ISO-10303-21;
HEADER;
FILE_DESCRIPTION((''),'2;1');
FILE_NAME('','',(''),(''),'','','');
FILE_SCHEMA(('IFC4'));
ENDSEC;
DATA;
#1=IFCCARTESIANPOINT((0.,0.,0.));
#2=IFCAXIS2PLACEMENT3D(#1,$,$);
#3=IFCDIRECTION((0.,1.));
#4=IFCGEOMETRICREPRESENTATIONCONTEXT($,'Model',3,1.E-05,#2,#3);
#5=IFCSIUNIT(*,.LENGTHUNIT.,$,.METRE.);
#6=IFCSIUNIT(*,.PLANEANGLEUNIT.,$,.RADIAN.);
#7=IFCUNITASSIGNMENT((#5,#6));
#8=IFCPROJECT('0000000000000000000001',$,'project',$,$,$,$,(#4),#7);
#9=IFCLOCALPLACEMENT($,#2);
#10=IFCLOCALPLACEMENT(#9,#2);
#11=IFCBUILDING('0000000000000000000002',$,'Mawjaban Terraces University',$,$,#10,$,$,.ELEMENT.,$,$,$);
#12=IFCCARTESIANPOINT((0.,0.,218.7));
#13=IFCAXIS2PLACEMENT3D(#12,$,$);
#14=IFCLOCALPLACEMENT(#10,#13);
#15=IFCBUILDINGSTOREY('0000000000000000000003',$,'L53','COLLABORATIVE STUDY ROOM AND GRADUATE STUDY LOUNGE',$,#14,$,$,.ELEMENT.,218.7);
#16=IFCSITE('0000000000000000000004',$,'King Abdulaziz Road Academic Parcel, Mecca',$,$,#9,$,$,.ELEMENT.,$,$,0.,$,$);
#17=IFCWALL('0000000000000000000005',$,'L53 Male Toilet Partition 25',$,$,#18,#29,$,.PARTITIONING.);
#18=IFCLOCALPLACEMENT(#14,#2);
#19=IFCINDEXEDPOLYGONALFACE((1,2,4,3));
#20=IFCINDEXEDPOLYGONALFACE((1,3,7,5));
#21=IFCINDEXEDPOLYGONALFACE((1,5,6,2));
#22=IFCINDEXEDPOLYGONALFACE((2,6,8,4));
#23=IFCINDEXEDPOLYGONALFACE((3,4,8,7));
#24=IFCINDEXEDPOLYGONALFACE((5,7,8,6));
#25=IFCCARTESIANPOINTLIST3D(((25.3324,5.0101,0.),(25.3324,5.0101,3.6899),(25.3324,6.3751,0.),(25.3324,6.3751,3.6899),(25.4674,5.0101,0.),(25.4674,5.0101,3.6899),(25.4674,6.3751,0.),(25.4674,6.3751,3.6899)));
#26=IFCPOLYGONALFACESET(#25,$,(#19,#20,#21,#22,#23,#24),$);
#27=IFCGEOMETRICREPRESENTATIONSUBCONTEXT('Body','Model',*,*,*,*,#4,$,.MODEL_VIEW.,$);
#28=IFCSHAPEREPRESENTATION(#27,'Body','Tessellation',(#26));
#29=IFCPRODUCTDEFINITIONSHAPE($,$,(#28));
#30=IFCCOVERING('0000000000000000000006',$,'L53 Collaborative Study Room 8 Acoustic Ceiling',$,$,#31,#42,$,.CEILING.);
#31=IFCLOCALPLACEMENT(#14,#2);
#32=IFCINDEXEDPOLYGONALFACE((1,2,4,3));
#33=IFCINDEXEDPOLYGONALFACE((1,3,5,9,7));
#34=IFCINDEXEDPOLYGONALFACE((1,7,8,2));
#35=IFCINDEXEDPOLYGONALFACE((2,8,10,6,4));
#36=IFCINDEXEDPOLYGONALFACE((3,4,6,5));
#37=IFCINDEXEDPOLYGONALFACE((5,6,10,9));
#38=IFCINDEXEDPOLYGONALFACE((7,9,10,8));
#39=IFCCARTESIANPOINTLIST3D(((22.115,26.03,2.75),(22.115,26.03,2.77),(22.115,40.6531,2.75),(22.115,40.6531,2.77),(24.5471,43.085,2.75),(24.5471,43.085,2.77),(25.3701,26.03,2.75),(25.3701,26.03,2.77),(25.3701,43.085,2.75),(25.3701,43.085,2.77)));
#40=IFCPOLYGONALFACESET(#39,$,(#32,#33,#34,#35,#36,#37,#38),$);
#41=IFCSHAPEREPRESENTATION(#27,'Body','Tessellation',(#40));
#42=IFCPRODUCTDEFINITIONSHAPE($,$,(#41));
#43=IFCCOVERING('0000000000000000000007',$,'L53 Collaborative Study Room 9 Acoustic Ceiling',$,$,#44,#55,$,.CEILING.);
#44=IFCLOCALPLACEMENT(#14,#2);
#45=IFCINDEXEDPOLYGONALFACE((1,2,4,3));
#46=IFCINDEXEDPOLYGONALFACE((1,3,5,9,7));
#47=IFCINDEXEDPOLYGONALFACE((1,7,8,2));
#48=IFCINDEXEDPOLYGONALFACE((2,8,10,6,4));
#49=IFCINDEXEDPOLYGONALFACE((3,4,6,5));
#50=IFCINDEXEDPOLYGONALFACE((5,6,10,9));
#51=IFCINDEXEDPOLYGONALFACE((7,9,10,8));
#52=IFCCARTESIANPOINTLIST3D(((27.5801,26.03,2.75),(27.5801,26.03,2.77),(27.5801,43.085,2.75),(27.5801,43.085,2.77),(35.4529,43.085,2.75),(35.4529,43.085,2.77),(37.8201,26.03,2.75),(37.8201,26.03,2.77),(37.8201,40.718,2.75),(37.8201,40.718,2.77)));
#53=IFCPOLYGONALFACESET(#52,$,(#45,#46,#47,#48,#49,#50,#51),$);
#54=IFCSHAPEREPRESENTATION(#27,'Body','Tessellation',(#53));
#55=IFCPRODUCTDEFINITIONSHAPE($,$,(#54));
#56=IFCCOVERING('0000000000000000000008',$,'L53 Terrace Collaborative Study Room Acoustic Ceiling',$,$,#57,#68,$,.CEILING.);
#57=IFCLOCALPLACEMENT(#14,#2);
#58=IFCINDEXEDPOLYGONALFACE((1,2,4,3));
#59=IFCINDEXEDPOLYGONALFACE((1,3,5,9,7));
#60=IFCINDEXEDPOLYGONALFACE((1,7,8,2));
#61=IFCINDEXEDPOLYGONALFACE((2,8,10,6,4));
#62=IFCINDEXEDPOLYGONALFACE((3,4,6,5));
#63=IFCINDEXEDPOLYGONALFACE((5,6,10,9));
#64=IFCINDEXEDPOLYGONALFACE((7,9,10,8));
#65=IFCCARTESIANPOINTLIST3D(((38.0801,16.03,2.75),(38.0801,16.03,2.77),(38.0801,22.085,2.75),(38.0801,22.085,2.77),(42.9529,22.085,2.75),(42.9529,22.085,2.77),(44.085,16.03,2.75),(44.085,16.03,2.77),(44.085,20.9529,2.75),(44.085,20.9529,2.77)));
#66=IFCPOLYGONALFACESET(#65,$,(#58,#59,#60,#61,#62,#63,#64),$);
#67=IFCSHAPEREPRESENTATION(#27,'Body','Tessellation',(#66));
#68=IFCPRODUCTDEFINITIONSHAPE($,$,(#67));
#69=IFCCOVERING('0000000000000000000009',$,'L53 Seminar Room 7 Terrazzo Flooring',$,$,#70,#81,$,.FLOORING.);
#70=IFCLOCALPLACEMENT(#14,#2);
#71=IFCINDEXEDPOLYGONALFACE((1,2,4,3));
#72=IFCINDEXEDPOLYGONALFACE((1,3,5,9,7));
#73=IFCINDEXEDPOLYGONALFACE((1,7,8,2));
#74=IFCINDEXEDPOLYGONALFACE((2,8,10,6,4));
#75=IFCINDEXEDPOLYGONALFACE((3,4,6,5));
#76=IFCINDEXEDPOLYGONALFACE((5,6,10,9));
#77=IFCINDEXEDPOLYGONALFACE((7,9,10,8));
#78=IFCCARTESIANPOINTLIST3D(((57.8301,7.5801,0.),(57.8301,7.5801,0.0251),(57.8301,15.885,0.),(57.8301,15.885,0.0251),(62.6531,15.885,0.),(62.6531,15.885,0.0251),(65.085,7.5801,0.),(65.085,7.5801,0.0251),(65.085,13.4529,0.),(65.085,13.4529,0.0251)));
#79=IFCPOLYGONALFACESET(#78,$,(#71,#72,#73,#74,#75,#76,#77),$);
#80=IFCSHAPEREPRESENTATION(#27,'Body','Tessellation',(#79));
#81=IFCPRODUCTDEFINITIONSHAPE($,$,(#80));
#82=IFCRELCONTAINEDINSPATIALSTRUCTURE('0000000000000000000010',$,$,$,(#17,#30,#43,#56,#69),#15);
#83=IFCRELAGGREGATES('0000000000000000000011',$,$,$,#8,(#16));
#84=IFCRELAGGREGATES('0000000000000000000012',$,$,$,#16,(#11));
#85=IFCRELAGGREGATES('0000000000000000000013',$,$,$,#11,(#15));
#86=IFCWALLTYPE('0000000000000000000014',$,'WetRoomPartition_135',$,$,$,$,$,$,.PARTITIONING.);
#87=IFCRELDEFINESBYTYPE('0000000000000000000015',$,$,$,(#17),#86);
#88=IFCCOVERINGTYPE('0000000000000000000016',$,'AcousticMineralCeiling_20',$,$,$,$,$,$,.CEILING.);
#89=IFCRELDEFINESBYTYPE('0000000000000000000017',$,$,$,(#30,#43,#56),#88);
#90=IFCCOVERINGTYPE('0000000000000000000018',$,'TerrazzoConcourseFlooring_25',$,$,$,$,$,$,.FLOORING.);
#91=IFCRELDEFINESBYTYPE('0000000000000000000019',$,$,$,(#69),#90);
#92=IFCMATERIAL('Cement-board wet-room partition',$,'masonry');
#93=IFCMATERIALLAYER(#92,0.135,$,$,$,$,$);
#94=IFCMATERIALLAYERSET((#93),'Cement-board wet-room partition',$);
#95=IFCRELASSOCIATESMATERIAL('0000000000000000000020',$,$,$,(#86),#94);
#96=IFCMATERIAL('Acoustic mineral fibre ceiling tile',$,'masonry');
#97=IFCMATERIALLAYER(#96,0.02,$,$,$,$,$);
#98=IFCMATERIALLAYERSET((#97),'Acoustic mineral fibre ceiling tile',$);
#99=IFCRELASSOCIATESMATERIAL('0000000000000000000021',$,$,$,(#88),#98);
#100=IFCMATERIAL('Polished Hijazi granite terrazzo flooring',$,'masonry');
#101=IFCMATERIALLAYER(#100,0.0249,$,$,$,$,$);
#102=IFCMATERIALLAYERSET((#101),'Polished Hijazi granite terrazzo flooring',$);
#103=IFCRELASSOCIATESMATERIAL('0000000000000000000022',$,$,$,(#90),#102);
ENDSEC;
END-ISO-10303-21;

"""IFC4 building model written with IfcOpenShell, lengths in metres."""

from ifc_helpers import new_model, si_unit, direction, frame, frame_2d, origin, place, context, subcontext, project, spatial, polyline, rectangle, outline, extrude, material, layer, layer_set, type_object, element, save


model = new_model("IFC4")

# Units and contexts
model_context = context("Model", 3, precision=1e-05, world=origin(), true_north=direction((0.0, 1.0)))
body_context = subcontext(model_context, "Body", "Model", "MODEL_VIEW")
ifc_project = project(units=[si_unit("LENGTHUNIT", "METRE"), si_unit("PLANEANGLEUNIT", "RADIAN")], contexts=[model_context])

# Site, building, storey
site_placement = place(None, origin())
site = spatial("IfcSite", under=ifc_project, at=site_placement, Name="King Abdulaziz Road Academic Parcel, Mecca", CompositionType="ELEMENT", RefElevation=0.0)
building_placement = place(site_placement, origin())
building = spatial("IfcBuilding", under=site, at=building_placement, Name="Mawjaban Terraces University", CompositionType="ELEMENT")
storey_placement = place(building_placement, frame((0.0, 0.0, 218.7)))
storey = spatial("IfcBuildingStorey", under=building, at=storey_placement, Name="L53", Description="COLLABORATIVE STUDY ROOM AND GRADUATE STUDY LOUNGE", CompositionType="ELEMENT", Elevation=218.7)

# Wall
ifc_material_1 = material(Name="Cement-board wet-room partition", Category="masonry")
ifc_layer_1 = layer(ifc_material_1, 0.135)
ifc_layer_set_1 = layer_set([ifc_layer_1], Name="Cement-board wet-room partition")
wall_type_1 = type_object("IfcWallType", Name="WetRoomPartition_135", PredefinedType="PARTITIONING", material=ifc_layer_set_1)
wall_1_placement = place(storey_placement, frame((25.3999, 5.01, 0.0), z_axis=(0.0, 0.0, 1.0), x_axis=(0.0, 1.0, 0.0)))
element("IfcWall", 1, at=wall_1_placement, inside=storey, type_object=wall_type_1, Name="L53 Male Toilet Partition 25", PredefinedType="PARTITIONING", context=body_context, shape_type="SweptSolid", body=[
    extrude(rectangle(XDim=1.365, YDim=0.135, at=frame_2d((0.6826, 0.0))), origin(), (0.0, 0.0, 1.0), 3.6899),
])

# Coverings
ifc_material_2 = material(Name="Acoustic mineral fibre ceiling tile", Category="masonry")
ifc_layer_2 = layer(ifc_material_2, 0.02)
ifc_layer_set_2 = layer_set([ifc_layer_2], Name="Acoustic mineral fibre ceiling tile")
covering_type_1 = type_object("IfcCoveringType", Name="AcousticMineralCeiling_20", PredefinedType="CEILING", material=ifc_layer_set_2)
covering_1_placement = place(storey_placement, frame((0.0, 0.0, 2.75)))
element("IfcCovering", 2, at=covering_1_placement, inside=storey, type_object=covering_type_1, Name="L53 Collaborative Study Room 8 Acoustic Ceiling", PredefinedType="CEILING", context=body_context, shape_type="SweptSolid", body=[
    extrude(outline(polyline([(25.3701, 43.085), (24.5471, 43.085), (22.115, 40.6531), (22.115, 26.03), (25.3701, 26.03), (25.3701, 43.085)])), origin(), (0.0, 0.0, 1.0), 0.02),
])
covering_2_placement = place(storey_placement, frame((0.0, 0.0, 2.75)))
element("IfcCovering", 3, at=covering_2_placement, inside=storey, type_object=covering_type_1, Name="L53 Collaborative Study Room 9 Acoustic Ceiling", PredefinedType="CEILING", context=body_context, shape_type="SweptSolid", body=[
    extrude(outline(polyline([(37.8201, 40.718), (35.4529, 43.085), (27.5801, 43.085), (27.5801, 26.03), (37.8201, 26.03), (37.8201, 40.718)])), origin(), (0.0, 0.0, 1.0), 0.02),
])
covering_3_placement = place(storey_placement, frame((0.0, 0.0, 2.75)))
element("IfcCovering", 4, at=covering_3_placement, inside=storey, type_object=covering_type_1, Name="L53 Terrace Collaborative Study Room Acoustic Ceiling", PredefinedType="CEILING", context=body_context, shape_type="SweptSolid", body=[
    extrude(outline(polyline([(44.085, 16.03), (44.085, 20.9529), (42.9529, 22.085), (38.0801, 22.085), (38.0801, 16.03), (44.085, 16.03)])), origin(), (0.0, 0.0, 1.0), 0.02),
])
ifc_material_3 = material(Name="Polished Hijazi granite terrazzo flooring", Category="masonry")
ifc_layer_3 = layer(ifc_material_3, 0.0249)
ifc_layer_set_3 = layer_set([ifc_layer_3], Name="Polished Hijazi granite terrazzo flooring")
covering_type_2 = type_object("IfcCoveringType", Name="TerrazzoConcourseFlooring_25", PredefinedType="FLOORING", material=ifc_layer_set_3)
covering_4_placement = place(storey_placement, origin())
element("IfcCovering", 5, at=covering_4_placement, inside=storey, type_object=covering_type_2, Name="L53 Seminar Room 7 Terrazzo Flooring", PredefinedType="FLOORING", context=body_context, shape_type="SweptSolid", body=[
    extrude(outline(polyline([(65.085, 7.5801), (65.085, 13.4529), (62.6531, 15.885), (57.8301, 15.885), (57.8301, 7.5801), (65.085, 7.5801)])), origin(), (0.0, 0.0, 1.0), 0.0251),
])

save(model, "model.ifc")
